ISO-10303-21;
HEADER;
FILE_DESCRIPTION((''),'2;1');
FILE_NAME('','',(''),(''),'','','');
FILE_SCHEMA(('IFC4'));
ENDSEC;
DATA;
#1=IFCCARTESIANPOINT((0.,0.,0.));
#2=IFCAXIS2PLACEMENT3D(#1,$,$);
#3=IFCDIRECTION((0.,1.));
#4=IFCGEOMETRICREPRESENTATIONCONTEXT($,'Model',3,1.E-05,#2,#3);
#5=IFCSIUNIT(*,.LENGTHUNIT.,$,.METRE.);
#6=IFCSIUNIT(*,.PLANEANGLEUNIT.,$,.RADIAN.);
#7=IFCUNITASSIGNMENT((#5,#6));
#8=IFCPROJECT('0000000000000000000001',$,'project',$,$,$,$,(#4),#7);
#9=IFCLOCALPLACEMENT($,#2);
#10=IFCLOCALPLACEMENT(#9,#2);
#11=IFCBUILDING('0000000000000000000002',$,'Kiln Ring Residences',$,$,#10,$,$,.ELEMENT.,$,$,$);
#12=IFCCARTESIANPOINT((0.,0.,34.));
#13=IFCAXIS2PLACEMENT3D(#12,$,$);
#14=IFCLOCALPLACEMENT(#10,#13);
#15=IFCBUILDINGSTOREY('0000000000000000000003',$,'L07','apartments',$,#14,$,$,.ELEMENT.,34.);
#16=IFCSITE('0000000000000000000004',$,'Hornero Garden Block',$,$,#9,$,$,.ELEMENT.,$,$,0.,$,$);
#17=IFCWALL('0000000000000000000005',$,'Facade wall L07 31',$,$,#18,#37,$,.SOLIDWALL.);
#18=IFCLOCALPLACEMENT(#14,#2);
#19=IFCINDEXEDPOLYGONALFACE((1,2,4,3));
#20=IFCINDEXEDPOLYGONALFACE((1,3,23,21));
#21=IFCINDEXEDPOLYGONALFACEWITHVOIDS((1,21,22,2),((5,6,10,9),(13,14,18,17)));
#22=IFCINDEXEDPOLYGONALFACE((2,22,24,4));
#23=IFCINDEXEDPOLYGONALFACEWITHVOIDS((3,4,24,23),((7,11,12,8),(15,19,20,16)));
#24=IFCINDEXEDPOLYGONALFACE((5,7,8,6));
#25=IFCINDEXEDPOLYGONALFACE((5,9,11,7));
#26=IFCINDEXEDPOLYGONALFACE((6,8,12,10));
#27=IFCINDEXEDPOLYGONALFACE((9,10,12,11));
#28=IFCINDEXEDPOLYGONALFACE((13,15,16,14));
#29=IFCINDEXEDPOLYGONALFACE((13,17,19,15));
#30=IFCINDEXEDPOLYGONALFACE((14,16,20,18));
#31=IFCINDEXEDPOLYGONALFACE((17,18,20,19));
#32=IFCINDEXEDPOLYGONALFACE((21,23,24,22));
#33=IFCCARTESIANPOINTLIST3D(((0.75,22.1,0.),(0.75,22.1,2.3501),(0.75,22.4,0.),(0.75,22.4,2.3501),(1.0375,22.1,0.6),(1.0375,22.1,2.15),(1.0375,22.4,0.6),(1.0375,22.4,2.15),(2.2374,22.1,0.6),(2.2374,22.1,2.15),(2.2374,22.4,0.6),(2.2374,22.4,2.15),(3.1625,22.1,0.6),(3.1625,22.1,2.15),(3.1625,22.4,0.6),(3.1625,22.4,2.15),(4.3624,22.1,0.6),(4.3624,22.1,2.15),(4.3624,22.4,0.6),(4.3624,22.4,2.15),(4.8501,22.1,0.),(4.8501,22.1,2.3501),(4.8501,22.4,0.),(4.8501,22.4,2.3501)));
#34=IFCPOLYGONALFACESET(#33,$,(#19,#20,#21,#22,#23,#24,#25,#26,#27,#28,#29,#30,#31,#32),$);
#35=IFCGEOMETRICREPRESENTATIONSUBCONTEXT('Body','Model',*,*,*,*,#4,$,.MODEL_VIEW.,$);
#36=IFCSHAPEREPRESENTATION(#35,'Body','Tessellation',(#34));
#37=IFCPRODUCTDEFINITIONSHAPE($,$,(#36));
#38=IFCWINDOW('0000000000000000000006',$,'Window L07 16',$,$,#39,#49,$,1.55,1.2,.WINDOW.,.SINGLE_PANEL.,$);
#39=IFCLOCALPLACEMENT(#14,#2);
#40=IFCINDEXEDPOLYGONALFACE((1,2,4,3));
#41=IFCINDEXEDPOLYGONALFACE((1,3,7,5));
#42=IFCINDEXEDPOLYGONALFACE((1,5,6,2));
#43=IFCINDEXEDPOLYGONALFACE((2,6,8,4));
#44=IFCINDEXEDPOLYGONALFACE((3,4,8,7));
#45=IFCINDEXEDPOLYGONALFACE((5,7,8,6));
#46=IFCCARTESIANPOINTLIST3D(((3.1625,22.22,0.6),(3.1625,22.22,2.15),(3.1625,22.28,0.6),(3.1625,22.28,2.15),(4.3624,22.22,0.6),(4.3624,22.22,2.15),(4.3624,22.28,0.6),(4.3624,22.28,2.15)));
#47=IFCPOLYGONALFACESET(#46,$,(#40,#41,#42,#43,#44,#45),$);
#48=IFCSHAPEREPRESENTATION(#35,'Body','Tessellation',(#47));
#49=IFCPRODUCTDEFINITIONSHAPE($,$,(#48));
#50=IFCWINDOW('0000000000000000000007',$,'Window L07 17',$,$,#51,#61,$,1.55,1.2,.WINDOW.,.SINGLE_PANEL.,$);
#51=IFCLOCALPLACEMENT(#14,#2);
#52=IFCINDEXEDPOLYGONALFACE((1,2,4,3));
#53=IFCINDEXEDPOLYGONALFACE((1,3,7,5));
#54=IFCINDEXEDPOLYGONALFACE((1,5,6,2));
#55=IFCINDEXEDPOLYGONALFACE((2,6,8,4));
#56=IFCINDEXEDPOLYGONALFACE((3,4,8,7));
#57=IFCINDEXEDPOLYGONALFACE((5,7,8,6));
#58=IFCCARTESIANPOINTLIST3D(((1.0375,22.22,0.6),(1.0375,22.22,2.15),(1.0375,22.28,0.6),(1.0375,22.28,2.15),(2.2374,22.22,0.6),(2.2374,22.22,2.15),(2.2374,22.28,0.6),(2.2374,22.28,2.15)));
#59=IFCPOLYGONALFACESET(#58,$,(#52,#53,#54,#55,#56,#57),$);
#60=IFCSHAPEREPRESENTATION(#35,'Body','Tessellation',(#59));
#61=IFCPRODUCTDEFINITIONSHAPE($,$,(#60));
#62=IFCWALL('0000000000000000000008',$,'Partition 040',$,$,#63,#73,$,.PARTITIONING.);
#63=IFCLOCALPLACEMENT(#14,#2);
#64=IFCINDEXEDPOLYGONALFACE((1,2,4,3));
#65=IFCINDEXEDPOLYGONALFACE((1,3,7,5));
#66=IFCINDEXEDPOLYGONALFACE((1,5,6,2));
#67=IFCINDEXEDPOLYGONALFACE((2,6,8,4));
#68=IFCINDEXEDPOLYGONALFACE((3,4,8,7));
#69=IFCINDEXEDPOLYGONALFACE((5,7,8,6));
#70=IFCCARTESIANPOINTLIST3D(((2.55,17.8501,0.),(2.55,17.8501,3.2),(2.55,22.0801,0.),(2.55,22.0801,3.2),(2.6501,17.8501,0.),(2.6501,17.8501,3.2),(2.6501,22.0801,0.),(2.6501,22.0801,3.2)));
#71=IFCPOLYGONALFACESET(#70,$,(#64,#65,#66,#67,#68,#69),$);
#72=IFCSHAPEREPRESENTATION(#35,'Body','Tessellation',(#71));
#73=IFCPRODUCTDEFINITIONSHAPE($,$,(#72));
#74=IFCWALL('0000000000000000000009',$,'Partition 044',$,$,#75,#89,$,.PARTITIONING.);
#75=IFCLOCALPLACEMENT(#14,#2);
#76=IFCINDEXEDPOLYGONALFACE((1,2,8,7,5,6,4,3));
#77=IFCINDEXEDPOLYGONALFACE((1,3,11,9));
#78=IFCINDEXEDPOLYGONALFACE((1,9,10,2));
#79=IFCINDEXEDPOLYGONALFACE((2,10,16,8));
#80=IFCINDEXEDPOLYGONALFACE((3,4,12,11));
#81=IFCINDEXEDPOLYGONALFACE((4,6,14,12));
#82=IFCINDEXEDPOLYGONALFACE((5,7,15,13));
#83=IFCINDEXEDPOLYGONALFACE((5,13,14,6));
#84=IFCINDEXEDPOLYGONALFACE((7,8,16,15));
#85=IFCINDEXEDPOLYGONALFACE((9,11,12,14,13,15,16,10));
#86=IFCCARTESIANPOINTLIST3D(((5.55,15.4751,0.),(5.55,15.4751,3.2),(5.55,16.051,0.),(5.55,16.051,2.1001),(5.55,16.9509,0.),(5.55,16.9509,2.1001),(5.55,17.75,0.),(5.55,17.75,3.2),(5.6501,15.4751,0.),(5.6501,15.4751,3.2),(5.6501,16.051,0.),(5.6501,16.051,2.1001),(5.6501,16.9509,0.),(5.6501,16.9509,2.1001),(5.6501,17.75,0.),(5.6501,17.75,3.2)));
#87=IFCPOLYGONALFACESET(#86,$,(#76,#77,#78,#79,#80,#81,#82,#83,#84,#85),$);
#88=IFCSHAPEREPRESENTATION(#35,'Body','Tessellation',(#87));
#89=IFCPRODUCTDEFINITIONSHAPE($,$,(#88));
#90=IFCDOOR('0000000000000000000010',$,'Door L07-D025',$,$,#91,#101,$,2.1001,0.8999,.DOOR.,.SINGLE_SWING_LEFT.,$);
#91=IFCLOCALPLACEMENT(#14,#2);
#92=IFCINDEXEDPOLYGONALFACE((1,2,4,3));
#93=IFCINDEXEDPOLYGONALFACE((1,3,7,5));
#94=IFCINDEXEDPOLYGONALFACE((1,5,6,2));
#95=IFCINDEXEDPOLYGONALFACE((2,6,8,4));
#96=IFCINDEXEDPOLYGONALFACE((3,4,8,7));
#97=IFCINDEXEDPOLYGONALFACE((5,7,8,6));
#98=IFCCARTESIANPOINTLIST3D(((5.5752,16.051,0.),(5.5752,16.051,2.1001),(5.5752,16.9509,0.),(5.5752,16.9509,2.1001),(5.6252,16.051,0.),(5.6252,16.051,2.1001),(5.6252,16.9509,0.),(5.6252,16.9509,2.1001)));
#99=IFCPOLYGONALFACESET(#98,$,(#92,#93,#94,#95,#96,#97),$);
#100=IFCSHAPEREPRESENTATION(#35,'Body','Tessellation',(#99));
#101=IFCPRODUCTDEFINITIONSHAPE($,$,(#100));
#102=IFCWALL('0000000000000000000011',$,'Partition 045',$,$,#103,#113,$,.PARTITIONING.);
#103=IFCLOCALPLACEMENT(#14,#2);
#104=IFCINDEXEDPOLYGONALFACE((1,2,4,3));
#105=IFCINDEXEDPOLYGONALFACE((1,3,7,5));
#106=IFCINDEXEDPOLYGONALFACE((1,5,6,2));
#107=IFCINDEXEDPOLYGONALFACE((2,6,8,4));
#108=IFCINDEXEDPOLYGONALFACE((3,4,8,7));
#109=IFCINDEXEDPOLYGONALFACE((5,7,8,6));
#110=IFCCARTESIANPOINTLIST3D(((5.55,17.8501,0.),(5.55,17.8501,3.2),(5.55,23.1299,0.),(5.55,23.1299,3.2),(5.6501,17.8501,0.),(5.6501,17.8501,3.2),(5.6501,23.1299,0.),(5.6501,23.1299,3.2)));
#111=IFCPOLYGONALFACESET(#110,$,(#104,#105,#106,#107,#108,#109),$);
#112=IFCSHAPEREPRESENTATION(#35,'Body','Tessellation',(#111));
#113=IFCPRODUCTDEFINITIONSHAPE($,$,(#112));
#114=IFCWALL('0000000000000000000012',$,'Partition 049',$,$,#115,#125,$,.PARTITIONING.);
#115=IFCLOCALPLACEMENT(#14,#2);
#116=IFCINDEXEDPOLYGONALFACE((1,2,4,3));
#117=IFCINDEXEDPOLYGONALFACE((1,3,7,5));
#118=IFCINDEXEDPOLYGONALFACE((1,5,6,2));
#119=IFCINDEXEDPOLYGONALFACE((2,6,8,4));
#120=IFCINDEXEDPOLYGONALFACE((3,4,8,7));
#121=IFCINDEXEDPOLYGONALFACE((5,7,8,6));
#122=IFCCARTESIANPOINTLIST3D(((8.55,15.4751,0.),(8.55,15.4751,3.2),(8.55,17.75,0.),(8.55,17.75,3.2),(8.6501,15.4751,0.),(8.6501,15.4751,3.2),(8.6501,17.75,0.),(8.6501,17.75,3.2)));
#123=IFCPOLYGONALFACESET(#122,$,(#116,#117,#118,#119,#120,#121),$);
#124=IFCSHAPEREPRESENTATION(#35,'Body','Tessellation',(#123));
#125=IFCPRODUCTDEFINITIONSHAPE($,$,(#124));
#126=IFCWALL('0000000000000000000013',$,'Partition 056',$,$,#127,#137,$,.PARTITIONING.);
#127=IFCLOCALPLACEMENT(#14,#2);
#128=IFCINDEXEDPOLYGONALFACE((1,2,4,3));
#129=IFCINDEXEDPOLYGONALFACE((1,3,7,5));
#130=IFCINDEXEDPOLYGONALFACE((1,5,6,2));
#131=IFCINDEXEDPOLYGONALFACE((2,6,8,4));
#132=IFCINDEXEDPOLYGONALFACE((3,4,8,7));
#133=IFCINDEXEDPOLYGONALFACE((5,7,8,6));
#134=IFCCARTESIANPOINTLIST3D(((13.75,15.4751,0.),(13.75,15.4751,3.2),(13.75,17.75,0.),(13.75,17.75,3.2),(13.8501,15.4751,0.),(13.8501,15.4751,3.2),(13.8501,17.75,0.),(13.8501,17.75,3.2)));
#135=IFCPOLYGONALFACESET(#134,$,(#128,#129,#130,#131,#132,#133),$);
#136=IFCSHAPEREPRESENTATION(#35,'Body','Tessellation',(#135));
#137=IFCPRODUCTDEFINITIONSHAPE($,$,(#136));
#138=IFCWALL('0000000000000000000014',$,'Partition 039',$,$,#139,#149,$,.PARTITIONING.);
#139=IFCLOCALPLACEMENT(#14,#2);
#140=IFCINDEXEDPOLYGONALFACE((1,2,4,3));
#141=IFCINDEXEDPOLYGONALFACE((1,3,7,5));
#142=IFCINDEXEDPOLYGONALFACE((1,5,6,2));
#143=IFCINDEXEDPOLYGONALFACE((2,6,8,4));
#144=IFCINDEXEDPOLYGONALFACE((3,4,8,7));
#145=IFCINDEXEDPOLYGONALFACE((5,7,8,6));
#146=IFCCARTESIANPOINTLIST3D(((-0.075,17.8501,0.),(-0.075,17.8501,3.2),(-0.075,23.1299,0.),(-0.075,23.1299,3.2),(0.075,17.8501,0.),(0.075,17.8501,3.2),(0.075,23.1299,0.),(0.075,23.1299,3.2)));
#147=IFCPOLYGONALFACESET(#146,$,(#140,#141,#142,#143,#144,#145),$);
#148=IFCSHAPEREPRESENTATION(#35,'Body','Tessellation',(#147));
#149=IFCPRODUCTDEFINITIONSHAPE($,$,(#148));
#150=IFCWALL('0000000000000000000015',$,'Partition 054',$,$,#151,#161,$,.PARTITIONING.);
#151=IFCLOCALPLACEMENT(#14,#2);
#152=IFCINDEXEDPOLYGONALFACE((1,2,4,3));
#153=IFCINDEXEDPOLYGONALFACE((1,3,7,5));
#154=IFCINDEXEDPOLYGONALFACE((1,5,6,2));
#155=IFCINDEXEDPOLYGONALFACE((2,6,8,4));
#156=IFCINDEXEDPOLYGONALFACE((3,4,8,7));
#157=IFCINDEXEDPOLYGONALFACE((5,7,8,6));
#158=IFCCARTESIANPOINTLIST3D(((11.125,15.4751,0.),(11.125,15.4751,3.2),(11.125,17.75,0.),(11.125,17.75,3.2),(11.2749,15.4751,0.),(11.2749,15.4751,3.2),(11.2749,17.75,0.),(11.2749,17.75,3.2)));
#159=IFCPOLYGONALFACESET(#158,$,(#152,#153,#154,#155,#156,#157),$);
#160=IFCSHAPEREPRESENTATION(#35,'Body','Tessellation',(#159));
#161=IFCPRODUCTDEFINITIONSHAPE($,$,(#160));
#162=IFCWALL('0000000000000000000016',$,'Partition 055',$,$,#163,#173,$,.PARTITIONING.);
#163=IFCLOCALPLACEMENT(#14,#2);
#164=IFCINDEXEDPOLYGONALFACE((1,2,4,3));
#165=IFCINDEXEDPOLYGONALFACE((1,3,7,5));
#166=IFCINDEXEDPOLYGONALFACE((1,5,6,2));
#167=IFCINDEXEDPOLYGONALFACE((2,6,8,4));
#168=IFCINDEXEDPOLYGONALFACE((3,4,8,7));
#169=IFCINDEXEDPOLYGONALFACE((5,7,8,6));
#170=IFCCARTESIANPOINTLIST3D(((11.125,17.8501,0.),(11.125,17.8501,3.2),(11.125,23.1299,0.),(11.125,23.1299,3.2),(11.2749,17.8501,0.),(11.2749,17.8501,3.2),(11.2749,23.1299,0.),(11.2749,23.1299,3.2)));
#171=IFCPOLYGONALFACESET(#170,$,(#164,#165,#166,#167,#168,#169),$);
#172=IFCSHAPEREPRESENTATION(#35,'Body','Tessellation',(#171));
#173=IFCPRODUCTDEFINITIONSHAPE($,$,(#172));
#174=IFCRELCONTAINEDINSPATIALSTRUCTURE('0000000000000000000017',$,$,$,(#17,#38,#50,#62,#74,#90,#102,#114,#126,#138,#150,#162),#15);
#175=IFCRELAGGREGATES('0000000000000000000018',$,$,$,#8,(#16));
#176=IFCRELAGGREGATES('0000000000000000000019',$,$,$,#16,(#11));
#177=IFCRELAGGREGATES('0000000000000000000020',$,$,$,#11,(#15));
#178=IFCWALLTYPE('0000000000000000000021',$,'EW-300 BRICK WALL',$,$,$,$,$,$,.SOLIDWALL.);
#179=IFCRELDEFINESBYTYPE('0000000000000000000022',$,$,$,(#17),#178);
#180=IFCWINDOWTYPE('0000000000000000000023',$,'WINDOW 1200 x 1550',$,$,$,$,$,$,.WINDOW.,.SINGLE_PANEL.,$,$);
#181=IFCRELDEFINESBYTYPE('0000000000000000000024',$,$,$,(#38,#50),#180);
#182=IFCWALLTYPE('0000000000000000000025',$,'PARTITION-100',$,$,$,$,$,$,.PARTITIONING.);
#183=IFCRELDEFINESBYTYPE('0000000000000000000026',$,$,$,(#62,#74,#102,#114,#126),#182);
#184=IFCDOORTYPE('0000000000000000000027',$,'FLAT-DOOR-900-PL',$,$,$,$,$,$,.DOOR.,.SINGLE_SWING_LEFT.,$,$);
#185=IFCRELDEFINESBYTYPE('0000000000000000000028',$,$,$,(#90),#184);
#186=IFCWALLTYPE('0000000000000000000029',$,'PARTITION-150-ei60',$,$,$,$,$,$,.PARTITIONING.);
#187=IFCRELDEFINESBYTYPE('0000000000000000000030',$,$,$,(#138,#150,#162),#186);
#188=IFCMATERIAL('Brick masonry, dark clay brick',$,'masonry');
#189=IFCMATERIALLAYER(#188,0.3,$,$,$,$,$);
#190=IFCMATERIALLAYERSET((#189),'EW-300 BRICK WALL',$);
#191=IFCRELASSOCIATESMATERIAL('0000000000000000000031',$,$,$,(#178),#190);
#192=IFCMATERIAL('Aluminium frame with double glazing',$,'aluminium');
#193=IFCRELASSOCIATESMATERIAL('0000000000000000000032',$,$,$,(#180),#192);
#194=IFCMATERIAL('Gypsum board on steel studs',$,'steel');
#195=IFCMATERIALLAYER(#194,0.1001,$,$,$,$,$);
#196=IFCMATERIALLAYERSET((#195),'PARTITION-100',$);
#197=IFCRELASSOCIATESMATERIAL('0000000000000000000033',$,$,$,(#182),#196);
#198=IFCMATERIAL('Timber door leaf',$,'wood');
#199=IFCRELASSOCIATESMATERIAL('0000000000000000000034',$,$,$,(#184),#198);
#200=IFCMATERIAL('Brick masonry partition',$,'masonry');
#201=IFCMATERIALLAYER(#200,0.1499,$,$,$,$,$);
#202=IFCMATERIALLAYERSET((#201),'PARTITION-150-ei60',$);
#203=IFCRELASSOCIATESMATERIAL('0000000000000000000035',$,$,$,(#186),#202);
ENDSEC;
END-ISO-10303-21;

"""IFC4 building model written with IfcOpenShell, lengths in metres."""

from ifc_helpers import new_model, si_unit, direction, frame, frame_2d, origin, place, context, subcontext, project, spatial, rectangle, extrude, material, layer, layer_set, type_object, element, fill, save


model = new_model("IFC4")

# Units and contexts
model_context = context("Model", 3, precision=1e-05, world=origin(), true_north=direction((0.0, 1.0)))
body_context = subcontext(model_context, "Body", "Model", "MODEL_VIEW")
ifc_project = project(units=[si_unit("LENGTHUNIT", "METRE"), si_unit("PLANEANGLEUNIT", "RADIAN")], contexts=[model_context])

# Site, building, storey
site_placement = place(None, origin())
site = spatial("IfcSite", under=ifc_project, at=site_placement, Name="Hornero Garden Block", CompositionType="ELEMENT", RefElevation=0.0)
building_placement = place(site_placement, origin())
building = spatial("IfcBuilding", under=site, at=building_placement, Name="Kiln Ring Residences", CompositionType="ELEMENT")
storey_placement = place(building_placement, frame((0.0, 0.0, 34.0)))
storey = spatial("IfcBuildingStorey", under=building, at=storey_placement, Name="L07", Description="apartments", CompositionType="ELEMENT", Elevation=34.0)

# Shared definitions
ifc_material_1 = material(Name="Brick masonry, dark clay brick", Category="masonry")
ifc_layer_1 = layer(ifc_material_1, 0.3)
ifc_layer_set_1 = layer_set([ifc_layer_1], Name="EW-300 BRICK WALL")
wall_type_1 = type_object("IfcWallType", Name="EW-300 BRICK WALL", PredefinedType="SOLIDWALL", material=ifc_layer_set_1)

# Wall, openings, windows
wall_1_placement = place(storey_placement, frame((4.8501, 22.25, 0.0), z_axis=(0.0, 0.0, 1.0), x_axis=(-1.0, 0.0, 0.0)))
wall_1 = element("IfcWall", 1, at=wall_1_placement, inside=storey, type_object=wall_type_1, Name="Facade wall L07 31", PredefinedType="SOLIDWALL", context=body_context, shape_type="SweptSolid", body=[
    extrude(rectangle(XDim=4.1001, YDim=0.3, at=frame_2d((2.05, 0.0))), origin(), (0.0, 0.0, 1.0), 2.3501),
])
opening_1_placement = place(wall_1_placement, frame((0.4875, 0.0, 0.6001)))
opening_1 = element("IfcOpeningElement", 2, at=opening_1_placement, cuts=wall_1, PredefinedType="OPENING", context=body_context, shape_type="SweptSolid", body=[
    extrude(rectangle(XDim=1.2, YDim=1.55, at=frame_2d((0.6001, 0.7749))), frame((0.0, 0.1599, 0.0), z_axis=(0.0, -1.0, 0.0), x_axis=(1.0, 0.0, 0.0)), (0.0, 0.0, 1.0), 0.3201),
])
opening_2_placement = place(wall_1_placement, frame((2.6125, 0.0, 0.6001)))
opening_2 = element("IfcOpeningElement", 3, at=opening_2_placement, cuts=wall_1, PredefinedType="OPENING", context=body_context, shape_type="SweptSolid", body=[
    extrude(rectangle(XDim=1.2, YDim=1.55, at=frame_2d((0.6001, 0.7749))), frame((0.0, 0.1599, 0.0), z_axis=(0.0, -1.0, 0.0), x_axis=(1.0, 0.0, 0.0)), (0.0, 0.0, 1.0), 0.3201),
])
ifc_material_2 = material(Name="Aluminium frame with double glazing", Category="aluminium")
window_type_1 = type_object("IfcWindowType", Name="WINDOW 1200 x 1550", PartitioningType="SINGLE_PANEL", PredefinedType="WINDOW", material=ifc_material_2)
window_1_placement = place(opening_1_placement, origin())
window_1 = element("IfcWindow", 4, at=window_1_placement, inside=storey, type_object=window_type_1, Name="Window L07 16", OverallHeight=1.55, OverallWidth=1.2, PartitioningType="SINGLE_PANEL", PredefinedType="WINDOW", context=body_context, shape_type="SweptSolid", body=[
    extrude(rectangle(XDim=1.2, YDim=1.55, at=frame_2d((0.6001, 0.7749))), frame((0.0, 0.03, 0.0), z_axis=(0.0, -1.0, 0.0), x_axis=(1.0, 0.0, 0.0)), (0.0, 0.0, 1.0), 0.0601),
])
fill(opening_1, window_1)
window_2_placement = place(opening_2_placement, origin())
window_2 = element("IfcWindow", 5, at=window_2_placement, inside=storey, type_object=window_type_1, Name="Window L07 17", OverallHeight=1.55, OverallWidth=1.2, PartitioningType="SINGLE_PANEL", PredefinedType="WINDOW", context=body_context, shape_type="SweptSolid", body=[
    extrude(rectangle(XDim=1.2, YDim=1.55, at=frame_2d((0.6001, 0.7749))), frame((0.0, 0.03, 0.0), z_axis=(0.0, -1.0, 0.0), x_axis=(1.0, 0.0, 0.0)), (0.0, 0.0, 1.0), 0.0601),
])
fill(opening_2, window_2)

# Wall
ifc_material_3 = material(Name="Gypsum board on steel studs", Category="steel")
ifc_layer_2 = layer(ifc_material_3, 0.1001)
ifc_layer_set_2 = layer_set([ifc_layer_2], Name="PARTITION-100")
wall_type_2 = type_object("IfcWallType", Name="PARTITION-100", PredefinedType="PARTITIONING", material=ifc_layer_set_2)
wall_2_placement = place(storey_placement, frame((2.6001, 17.8501, 0.0), z_axis=(0.0, 0.0, 1.0), x_axis=(0.0, 1.0, 0.0)))
element("IfcWall", 6, at=wall_2_placement, inside=storey, type_object=wall_type_2, Name="Partition 040", PredefinedType="PARTITIONING", context=body_context, shape_type="SweptSolid", body=[
    extrude(rectangle(XDim=4.23, YDim=0.1001, at=frame_2d((2.115, 0.0))), origin(), (0.0, 0.0, 1.0), 3.2),
])

# Wall, opening, door
wall_3_placement = place(storey_placement, frame((5.6001, 15.4751, 0.0), z_axis=(0.0, 0.0, 1.0), x_axis=(0.0, 1.0, 0.0)))
wall_3 = element("IfcWall", 7, at=wall_3_placement, inside=storey, type_object=wall_type_2, Name="Partition 044", PredefinedType="PARTITIONING", context=body_context, shape_type="SweptSolid", body=[
    extrude(rectangle(XDim=2.2749, YDim=0.1001, at=frame_2d((1.1375, 0.0))), origin(), (0.0, 0.0, 1.0), 3.2),
])
opening_3_placement = place(wall_3_placement, frame((0.5759, 0.0, 0.0)))
opening_3 = element("IfcOpeningElement", 8, at=opening_3_placement, cuts=wall_3, PredefinedType="OPENING", context=body_context, shape_type="SweptSolid", body=[
    extrude(rectangle(XDim=0.8999, YDim=2.1001, at=frame_2d((0.45, 1.05))), frame((0.0, 0.0601, 0.0), z_axis=(0.0, -1.0, 0.0), x_axis=(1.0, 0.0, 0.0)), (0.0, 0.0, 1.0), 0.1201),
])
ifc_material_4 = material(Name="Timber door leaf", Category="wood")
door_type = type_object("IfcDoorType", Name="FLAT-DOOR-900-PL", OperationType="SINGLE_SWING_LEFT", PredefinedType="DOOR", material=ifc_material_4)
door_placement = place(opening_3_placement, origin())
door = element("IfcDoor", 9, at=door_placement, inside=storey, type_object=door_type, Name="Door L07-D025", OperationType="SINGLE_SWING_LEFT", OverallHeight=2.1001, OverallWidth=0.8999, PredefinedType="DOOR", context=body_context, shape_type="SweptSolid", body=[
    extrude(rectangle(XDim=0.8999, YDim=2.1001, at=frame_2d((0.45, 1.05))), frame((0.0, 0.0249, 0.0), z_axis=(0.0, -1.0, 0.0), x_axis=(1.0, 0.0, 0.0)), (0.0, 0.0, 1.0), 0.05),
])
fill(opening_3, door)

# Walls
wall_4_placement = place(storey_placement, frame((5.6001, 17.8501, 0.0), z_axis=(0.0, 0.0, 1.0), x_axis=(0.0, 1.0, 0.0)))
element("IfcWall", 10, at=wall_4_placement, inside=storey, type_object=wall_type_2, Name="Partition 045", PredefinedType="PARTITIONING", context=body_context, shape_type="SweptSolid", body=[
    extrude(rectangle(XDim=5.2798, YDim=0.1001, at=frame_2d((2.6399, 0.0))), origin(), (0.0, 0.0, 1.0), 3.2),
])
for number, where, z_axis, x_axis, name in (
    (11, (8.6001, 15.4751, 0.0), (0.0, 0.0, 1.0), (0.0, 1.0, 0.0), "Partition 049"),
    (12, (13.8, 15.4751, 0.0), (0.0, 0.0, 1.0), (0.0, 1.0, 0.0), "Partition 056"),
):
    element("IfcWall", number, at=place(storey_placement, frame(where, z_axis=z_axis, x_axis=x_axis)), inside=storey, type_object=wall_type_2, Name=name, PredefinedType="PARTITIONING", context=body_context, shape_type="SweptSolid", body=[
        extrude(rectangle(XDim=2.2749, YDim=0.1001, at=frame_2d((1.1375, 0.0))), origin(), (0.0, 0.0, 1.0), 3.2),
    ])
ifc_material_5 = material(Name="Brick masonry partition", Category="masonry")
ifc_layer_3 = layer(ifc_material_5, 0.1499)
ifc_layer_set_3 = layer_set([ifc_layer_3], Name="PARTITION-150-ei60")
wall_type_3 = type_object("IfcWallType", Name="PARTITION-150-ei60", PredefinedType="PARTITIONING", material=ifc_layer_set_3)
wall_5_placement = place(storey_placement, frame((0.0, 17.8501, 0.0), z_axis=(0.0, 0.0, 1.0), x_axis=(0.0, 1.0, 0.0)))
element("IfcWall", 13, at=wall_5_placement, inside=storey, type_object=wall_type_3, Name="Partition 039", PredefinedType="PARTITIONING", context=body_context, shape_type="SweptSolid", body=[
    extrude(rectangle(XDim=5.2798, YDim=0.1499, at=frame_2d((2.6399, 0.0))), origin(), (0.0, 0.0, 1.0), 3.2),
])
wall_6_placement = place(storey_placement, frame((11.2, 15.4751, 0.0), z_axis=(0.0, 0.0, 1.0), x_axis=(0.0, 1.0, 0.0)))
element("IfcWall", 14, at=wall_6_placement, inside=storey, type_object=wall_type_3, Name="Partition 054", PredefinedType="PARTITIONING", context=body_context, shape_type="SweptSolid", body=[
    extrude(rectangle(XDim=2.2749, YDim=0.1499, at=frame_2d((1.1375, 0.0))), origin(), (0.0, 0.0, 1.0), 3.2),
])
wall_7_placement = place(storey_placement, frame((11.2, 17.8501, 0.0), z_axis=(0.0, 0.0, 1.0), x_axis=(0.0, 1.0, 0.0)))
element("IfcWall", 15, at=wall_7_placement, inside=storey, type_object=wall_type_3, Name="Partition 055", PredefinedType="PARTITIONING", context=body_context, shape_type="SweptSolid", body=[
    extrude(rectangle(XDim=5.2798, YDim=0.1499, at=frame_2d((2.6399, 0.0))), origin(), (0.0, 0.0, 1.0), 3.2),
])

save(model, "model.ifc")
